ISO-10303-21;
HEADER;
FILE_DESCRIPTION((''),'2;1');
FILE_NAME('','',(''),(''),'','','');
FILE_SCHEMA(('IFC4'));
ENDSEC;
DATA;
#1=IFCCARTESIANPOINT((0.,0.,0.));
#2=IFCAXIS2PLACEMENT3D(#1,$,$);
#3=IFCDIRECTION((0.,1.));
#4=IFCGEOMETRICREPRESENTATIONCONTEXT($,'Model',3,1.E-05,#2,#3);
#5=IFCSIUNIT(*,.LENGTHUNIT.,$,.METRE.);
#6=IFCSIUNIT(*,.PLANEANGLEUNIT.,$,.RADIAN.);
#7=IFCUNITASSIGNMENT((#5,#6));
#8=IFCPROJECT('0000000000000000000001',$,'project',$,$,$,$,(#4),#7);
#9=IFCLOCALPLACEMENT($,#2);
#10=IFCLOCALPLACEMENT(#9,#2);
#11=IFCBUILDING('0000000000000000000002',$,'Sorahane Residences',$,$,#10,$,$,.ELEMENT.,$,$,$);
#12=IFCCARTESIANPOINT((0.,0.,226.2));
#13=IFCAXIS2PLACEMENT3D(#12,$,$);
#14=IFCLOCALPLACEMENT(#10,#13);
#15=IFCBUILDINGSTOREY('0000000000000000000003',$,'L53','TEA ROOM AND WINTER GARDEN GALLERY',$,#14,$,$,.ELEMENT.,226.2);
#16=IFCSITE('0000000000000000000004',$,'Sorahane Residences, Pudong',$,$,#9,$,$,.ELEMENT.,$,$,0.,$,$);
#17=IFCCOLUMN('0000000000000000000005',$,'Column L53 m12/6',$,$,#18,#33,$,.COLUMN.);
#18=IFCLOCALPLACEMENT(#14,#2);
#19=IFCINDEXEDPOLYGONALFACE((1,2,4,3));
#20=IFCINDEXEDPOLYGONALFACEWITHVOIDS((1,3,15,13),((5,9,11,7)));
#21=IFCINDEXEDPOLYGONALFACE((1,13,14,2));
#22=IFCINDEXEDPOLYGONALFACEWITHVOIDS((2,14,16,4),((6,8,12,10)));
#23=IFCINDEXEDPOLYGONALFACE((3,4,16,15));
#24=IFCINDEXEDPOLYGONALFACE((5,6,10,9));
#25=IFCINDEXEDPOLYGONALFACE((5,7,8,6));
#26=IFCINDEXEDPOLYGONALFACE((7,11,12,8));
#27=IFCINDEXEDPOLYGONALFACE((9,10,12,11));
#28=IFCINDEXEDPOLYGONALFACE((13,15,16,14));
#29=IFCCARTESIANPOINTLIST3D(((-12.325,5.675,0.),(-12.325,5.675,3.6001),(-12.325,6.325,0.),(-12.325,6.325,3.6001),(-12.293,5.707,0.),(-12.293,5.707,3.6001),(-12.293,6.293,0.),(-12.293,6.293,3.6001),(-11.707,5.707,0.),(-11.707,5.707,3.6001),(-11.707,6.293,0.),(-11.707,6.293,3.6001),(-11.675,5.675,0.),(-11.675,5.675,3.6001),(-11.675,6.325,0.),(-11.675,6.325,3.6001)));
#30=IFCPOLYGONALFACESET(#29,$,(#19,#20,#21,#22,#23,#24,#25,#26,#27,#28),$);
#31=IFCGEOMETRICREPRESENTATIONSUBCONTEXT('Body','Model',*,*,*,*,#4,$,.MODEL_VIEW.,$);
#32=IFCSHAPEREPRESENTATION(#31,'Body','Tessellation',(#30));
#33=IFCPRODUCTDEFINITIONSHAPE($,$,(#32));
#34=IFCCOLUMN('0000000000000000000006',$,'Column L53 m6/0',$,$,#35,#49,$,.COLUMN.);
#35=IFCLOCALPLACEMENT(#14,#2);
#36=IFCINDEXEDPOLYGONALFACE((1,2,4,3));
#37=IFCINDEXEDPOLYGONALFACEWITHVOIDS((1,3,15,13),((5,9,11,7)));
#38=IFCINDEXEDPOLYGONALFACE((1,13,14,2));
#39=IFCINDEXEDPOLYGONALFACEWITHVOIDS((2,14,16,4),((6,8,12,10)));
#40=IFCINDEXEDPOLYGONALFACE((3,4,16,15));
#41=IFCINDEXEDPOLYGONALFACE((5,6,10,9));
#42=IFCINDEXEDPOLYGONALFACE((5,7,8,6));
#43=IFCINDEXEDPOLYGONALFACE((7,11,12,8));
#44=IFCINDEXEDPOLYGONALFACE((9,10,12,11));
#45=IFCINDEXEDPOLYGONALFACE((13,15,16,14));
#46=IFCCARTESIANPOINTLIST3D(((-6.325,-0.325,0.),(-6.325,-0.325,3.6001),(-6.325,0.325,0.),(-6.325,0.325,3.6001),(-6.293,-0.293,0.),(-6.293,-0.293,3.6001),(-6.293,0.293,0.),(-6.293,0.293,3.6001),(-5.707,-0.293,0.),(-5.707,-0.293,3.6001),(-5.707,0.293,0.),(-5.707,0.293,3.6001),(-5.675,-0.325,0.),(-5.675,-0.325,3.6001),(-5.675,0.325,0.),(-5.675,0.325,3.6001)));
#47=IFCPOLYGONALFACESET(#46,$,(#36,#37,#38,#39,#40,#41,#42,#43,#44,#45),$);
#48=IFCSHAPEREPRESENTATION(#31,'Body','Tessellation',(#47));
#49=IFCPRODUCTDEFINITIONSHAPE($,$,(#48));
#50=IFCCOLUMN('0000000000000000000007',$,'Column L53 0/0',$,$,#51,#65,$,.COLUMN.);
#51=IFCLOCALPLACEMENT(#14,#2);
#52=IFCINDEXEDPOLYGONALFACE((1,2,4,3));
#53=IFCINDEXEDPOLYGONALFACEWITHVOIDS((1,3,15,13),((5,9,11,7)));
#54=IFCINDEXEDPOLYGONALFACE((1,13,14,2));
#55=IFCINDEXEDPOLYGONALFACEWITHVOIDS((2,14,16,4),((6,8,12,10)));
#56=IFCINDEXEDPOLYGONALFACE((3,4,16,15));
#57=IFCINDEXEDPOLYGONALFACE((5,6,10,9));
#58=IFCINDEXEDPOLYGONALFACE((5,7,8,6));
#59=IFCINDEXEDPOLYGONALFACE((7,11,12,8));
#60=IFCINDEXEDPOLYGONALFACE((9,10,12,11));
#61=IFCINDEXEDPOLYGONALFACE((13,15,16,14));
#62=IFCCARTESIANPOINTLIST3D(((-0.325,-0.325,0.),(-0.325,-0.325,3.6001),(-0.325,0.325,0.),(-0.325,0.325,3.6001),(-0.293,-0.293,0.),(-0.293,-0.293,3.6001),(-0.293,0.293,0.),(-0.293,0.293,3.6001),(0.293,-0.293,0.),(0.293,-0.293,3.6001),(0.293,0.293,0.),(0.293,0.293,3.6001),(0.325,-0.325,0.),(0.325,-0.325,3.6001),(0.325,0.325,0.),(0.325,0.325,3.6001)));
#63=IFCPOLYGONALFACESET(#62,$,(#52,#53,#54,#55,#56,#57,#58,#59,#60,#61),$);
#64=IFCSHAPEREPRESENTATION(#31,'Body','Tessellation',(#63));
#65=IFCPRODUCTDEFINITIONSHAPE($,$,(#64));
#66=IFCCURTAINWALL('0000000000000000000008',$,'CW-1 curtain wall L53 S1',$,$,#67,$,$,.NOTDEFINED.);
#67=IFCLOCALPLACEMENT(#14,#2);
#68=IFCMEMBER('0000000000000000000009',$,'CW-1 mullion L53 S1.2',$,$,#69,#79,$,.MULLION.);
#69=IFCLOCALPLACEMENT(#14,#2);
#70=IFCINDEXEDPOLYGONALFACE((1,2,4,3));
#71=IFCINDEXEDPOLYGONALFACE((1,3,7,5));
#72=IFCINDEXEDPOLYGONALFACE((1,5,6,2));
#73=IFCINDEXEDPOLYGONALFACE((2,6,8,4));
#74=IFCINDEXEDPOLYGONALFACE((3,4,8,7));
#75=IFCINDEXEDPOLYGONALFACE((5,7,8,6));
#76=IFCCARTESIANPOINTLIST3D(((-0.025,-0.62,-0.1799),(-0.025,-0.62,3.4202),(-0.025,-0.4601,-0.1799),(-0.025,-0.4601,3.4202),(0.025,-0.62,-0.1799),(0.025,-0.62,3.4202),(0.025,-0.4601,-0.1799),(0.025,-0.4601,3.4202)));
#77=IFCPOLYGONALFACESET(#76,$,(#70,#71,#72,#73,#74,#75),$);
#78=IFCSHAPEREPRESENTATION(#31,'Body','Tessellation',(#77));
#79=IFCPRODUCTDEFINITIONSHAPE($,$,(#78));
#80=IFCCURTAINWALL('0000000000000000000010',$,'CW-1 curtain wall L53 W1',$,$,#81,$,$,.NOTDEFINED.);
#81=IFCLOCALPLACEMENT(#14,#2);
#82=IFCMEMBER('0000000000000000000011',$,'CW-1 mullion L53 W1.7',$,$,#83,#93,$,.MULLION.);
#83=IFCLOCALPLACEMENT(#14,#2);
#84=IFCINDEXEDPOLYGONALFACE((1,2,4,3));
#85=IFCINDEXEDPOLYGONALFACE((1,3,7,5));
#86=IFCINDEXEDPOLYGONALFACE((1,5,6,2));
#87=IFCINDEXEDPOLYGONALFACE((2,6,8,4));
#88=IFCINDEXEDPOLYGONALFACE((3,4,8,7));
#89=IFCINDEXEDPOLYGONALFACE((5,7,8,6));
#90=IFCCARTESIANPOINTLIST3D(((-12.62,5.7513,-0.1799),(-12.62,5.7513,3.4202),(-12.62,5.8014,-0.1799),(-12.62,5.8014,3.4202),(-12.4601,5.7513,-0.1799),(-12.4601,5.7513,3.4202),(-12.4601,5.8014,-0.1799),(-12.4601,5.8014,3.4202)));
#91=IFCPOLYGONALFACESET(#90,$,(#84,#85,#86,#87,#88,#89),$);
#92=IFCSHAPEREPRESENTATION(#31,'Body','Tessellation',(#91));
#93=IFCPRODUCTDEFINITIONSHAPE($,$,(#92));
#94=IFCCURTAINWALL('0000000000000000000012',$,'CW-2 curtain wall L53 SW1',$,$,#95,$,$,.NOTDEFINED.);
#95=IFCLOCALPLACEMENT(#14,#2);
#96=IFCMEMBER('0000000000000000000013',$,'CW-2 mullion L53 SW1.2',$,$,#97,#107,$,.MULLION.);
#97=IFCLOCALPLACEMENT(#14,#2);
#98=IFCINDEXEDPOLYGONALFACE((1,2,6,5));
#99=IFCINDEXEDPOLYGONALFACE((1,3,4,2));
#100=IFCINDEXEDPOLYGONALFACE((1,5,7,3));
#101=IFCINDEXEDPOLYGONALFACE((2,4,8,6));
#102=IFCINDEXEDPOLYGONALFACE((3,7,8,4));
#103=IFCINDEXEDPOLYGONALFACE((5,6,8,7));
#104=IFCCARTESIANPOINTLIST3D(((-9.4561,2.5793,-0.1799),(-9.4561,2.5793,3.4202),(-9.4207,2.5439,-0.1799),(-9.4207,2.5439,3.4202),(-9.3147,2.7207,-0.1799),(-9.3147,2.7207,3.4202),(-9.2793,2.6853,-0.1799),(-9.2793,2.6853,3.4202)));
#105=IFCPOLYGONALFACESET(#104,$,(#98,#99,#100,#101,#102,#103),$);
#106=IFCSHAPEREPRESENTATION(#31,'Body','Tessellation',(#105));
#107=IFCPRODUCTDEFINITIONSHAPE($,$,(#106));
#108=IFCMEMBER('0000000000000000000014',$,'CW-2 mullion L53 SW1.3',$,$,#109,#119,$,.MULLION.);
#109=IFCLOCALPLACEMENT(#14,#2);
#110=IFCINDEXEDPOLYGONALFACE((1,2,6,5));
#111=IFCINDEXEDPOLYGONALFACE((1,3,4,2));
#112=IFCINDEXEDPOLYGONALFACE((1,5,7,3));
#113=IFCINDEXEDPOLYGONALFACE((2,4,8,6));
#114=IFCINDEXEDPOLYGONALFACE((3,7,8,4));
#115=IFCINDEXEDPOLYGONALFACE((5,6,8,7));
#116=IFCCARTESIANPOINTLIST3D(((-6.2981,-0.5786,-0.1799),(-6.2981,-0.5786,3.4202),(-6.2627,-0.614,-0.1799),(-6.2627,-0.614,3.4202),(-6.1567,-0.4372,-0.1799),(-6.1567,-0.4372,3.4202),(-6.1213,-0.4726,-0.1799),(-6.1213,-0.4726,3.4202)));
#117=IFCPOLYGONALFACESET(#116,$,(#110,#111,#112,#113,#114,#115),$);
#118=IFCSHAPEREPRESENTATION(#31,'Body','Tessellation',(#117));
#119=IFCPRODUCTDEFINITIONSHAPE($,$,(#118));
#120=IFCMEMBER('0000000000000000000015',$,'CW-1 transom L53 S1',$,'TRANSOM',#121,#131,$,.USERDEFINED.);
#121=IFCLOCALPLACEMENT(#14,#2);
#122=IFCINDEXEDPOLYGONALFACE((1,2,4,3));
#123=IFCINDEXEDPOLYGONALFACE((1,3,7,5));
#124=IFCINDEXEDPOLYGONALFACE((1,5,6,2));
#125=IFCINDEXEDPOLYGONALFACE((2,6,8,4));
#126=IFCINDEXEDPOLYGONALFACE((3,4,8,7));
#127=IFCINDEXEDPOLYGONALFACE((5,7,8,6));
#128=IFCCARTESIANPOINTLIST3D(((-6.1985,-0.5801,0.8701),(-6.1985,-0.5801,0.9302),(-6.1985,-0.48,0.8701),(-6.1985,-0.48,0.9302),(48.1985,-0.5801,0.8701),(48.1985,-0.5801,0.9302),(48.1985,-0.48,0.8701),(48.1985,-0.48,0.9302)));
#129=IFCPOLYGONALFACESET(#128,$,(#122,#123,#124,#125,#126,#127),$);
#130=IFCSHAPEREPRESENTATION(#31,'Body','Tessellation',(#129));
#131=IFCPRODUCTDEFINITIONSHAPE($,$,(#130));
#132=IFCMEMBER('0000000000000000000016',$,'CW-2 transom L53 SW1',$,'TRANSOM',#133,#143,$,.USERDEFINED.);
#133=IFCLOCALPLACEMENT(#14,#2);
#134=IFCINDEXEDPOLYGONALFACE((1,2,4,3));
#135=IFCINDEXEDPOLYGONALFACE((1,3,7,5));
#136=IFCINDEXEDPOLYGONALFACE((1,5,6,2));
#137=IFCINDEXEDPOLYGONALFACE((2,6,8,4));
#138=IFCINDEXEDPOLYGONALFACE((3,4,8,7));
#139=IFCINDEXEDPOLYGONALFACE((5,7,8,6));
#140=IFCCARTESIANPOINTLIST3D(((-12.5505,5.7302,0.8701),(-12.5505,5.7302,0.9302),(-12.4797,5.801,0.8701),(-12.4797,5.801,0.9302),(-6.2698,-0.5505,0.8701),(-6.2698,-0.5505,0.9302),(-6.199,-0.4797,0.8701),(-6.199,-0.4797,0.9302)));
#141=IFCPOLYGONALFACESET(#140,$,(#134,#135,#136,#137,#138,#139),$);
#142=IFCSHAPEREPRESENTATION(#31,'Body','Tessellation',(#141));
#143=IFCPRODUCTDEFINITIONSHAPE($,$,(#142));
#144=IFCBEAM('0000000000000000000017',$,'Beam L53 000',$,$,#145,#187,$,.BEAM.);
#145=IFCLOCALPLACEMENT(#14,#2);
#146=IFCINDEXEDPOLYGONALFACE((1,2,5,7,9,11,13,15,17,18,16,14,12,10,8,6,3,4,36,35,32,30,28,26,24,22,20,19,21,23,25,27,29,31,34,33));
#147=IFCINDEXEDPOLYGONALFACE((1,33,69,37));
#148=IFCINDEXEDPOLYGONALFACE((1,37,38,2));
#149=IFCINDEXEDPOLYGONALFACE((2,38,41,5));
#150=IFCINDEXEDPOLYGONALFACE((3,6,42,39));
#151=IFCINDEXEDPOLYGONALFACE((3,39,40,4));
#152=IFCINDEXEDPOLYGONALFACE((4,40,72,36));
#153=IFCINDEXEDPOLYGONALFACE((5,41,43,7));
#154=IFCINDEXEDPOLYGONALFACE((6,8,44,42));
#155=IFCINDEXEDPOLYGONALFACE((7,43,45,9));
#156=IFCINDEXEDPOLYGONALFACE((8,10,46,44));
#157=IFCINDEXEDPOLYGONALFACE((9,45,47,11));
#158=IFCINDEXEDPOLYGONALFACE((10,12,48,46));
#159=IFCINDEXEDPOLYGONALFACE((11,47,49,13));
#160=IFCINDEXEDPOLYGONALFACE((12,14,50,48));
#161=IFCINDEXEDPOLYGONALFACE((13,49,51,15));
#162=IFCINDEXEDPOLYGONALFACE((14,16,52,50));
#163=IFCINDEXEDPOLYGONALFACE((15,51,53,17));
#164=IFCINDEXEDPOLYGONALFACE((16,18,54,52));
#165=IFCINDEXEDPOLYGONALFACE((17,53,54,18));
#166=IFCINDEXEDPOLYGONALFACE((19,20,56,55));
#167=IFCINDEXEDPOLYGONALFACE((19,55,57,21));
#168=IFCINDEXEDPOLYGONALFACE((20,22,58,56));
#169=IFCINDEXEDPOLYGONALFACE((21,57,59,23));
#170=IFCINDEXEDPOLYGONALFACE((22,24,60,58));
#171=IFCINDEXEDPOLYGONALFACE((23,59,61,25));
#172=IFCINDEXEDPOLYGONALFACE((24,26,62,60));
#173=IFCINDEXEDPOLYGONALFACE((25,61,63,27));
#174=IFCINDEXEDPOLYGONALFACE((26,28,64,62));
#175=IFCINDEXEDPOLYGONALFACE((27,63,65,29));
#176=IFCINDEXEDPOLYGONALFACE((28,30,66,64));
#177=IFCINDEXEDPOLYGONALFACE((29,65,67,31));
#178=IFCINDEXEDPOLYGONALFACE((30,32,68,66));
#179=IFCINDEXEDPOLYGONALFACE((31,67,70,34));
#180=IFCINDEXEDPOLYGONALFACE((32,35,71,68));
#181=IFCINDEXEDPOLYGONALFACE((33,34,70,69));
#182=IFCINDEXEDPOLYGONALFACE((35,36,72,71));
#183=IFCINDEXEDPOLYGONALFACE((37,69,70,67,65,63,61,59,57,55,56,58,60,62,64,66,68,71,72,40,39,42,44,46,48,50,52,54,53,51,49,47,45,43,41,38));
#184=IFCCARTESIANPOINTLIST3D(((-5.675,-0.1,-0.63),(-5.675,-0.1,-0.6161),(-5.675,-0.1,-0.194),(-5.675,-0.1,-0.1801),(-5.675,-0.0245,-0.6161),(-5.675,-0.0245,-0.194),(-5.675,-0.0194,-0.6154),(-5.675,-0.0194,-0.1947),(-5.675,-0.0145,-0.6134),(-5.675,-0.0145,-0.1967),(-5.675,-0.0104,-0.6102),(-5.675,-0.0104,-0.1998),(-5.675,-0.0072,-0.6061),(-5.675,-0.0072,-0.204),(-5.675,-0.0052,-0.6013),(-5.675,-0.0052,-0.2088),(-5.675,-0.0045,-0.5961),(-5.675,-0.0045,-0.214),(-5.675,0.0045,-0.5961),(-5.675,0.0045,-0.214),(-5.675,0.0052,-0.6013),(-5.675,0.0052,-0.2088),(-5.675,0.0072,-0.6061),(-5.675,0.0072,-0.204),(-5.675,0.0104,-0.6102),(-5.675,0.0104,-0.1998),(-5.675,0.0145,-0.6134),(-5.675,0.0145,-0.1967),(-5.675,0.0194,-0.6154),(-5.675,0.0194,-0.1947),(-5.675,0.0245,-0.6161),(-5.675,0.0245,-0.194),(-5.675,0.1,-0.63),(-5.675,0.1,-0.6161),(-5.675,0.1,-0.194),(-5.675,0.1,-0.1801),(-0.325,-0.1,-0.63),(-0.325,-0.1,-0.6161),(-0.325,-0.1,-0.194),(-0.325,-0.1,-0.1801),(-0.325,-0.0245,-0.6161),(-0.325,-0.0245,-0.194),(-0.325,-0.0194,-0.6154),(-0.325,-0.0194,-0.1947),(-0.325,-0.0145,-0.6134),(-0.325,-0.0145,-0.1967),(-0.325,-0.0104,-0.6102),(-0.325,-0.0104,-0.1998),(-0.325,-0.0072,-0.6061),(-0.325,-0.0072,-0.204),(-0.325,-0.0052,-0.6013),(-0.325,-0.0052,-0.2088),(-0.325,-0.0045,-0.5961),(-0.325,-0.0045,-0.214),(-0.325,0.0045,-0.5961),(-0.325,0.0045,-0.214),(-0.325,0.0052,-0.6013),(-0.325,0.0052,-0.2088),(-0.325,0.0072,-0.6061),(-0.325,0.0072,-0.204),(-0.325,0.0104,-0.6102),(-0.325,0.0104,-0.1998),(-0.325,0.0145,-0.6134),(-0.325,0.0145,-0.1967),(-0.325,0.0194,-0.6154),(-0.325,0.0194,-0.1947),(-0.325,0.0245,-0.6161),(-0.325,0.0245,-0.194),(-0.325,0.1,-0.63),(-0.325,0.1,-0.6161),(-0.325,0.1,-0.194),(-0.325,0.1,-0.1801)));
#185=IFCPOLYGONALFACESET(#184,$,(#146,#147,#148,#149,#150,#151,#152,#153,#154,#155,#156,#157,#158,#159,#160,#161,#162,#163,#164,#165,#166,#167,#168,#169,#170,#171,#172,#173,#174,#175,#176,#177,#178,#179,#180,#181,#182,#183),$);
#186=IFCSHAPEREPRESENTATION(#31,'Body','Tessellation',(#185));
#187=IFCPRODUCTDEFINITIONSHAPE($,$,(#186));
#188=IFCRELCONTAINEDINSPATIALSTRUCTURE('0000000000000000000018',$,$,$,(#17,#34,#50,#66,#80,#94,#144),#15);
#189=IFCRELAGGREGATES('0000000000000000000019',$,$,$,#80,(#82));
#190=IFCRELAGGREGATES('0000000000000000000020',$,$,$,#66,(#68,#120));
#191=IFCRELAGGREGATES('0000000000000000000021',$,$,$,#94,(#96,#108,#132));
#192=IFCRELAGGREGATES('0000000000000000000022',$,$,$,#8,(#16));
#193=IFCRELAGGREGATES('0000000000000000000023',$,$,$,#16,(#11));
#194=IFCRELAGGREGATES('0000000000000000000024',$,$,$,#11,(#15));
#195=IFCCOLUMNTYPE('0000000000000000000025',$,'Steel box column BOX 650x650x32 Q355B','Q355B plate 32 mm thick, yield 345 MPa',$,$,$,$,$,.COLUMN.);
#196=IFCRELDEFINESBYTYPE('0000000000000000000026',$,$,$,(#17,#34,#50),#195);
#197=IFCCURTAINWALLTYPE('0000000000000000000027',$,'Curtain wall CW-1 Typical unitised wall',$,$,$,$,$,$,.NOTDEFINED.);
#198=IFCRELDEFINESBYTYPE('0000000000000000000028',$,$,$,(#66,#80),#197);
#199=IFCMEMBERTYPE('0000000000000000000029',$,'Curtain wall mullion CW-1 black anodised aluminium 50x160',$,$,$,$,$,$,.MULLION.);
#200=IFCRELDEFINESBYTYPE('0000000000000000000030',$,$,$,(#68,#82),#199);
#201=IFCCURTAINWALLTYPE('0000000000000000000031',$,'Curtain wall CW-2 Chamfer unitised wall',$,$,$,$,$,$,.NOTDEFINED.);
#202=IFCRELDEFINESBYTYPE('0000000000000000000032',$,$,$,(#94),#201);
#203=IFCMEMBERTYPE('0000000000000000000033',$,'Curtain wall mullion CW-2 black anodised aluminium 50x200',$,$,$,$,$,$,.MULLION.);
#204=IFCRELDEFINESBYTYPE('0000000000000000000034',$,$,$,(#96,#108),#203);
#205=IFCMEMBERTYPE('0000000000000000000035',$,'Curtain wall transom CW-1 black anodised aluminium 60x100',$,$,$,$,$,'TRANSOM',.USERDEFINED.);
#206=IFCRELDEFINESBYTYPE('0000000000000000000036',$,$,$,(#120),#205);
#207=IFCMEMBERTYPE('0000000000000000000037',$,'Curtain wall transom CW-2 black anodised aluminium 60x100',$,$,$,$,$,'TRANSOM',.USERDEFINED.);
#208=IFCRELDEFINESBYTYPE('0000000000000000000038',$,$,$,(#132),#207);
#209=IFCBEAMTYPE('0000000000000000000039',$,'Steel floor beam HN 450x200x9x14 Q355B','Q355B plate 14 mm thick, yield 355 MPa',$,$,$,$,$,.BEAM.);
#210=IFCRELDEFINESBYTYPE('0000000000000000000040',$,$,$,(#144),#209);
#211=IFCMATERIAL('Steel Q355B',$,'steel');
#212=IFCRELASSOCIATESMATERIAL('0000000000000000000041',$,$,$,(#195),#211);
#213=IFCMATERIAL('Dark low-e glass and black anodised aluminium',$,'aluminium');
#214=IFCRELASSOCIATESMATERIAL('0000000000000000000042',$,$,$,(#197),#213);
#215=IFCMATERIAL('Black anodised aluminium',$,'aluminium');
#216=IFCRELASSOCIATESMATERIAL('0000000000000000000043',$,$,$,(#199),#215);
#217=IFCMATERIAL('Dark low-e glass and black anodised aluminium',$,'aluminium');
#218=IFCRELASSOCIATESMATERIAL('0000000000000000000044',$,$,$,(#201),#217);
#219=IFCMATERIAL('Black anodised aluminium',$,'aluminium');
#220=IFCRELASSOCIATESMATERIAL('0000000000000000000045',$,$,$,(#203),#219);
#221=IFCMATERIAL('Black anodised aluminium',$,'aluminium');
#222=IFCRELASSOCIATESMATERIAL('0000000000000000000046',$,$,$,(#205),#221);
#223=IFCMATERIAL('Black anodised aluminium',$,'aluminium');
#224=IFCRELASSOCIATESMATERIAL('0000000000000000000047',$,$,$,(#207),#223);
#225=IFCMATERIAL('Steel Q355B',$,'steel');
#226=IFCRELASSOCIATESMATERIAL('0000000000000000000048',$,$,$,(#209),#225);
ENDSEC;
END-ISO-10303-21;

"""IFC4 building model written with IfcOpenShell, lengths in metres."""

from ifc_helpers import new_model, si_unit, direction, frame, origin, origin_2d, place, context, subcontext, project, spatial, rectangle, hollow_rectangle, i_section, extrude, material, material_profile, profile_set, type_object, element, aggregate, save


model = new_model("IFC4")

# Units and contexts
model_context = context("Model", 3, precision=1e-05, world=origin(), true_north=direction((0.0, 1.0)))
body_context = subcontext(model_context, "Body", "Model", "MODEL_VIEW")
ifc_project = project(units=[si_unit("LENGTHUNIT", "METRE"), si_unit("PLANEANGLEUNIT", "RADIAN")], contexts=[model_context])

# Site, building, storey
site_placement = place(None, origin())
site = spatial("IfcSite", under=ifc_project, at=site_placement, Name="Sorahane Residences, Pudong", CompositionType="ELEMENT", RefElevation=0.0)
building_placement = place(site_placement, origin())
building = spatial("IfcBuilding", under=site, at=building_placement, Name="Sorahane Residences", CompositionType="ELEMENT")
storey_placement = place(building_placement, frame((0.0, 0.0, 226.2)))
storey = spatial("IfcBuildingStorey", under=building, at=storey_placement, Name="L53", Description="TEA ROOM AND WINTER GARDEN GALLERY", CompositionType="ELEMENT", Elevation=226.2)

# Columns
ifc_material_1 = material(Name="Steel Q355B", Category="steel")
ifc_material_profile_1 = material_profile(ifc_material_1, hollow_rectangle(XDim=0.6499, YDim=0.6499, WallThickness=0.032, at=origin_2d()), Name="BOX 650x650x32")
ifc_profile_set_1 = profile_set([ifc_material_profile_1], Name="Steel Q355B")
column_type = type_object("IfcColumnType", Name="Steel box column BOX 650x650x32 Q355B", Description="Q355B plate 32 mm thick, yield 345 MPa", PredefinedType="COLUMN", material=ifc_profile_set_1)
for number, where, z_axis, x_axis, name in (
    (1, (-12.0, 6.0, 0.0), (0.0, 0.0, 1.0), (1.0, 0.0, 0.0), "Column L53 m12/6"),
    (2, (-6.0, 0.0, 0.0), (0.0, 0.0, 1.0), (1.0, 0.0, 0.0), "Column L53 m6/0"),
    (3, (0.0, 0.0, 0.0), (0.0, 0.0, 1.0), (1.0, 0.0, 0.0), "Column L53 0/0"),
):
    element("IfcColumn", number, at=place(storey_placement, frame(where, z_axis=z_axis, x_axis=x_axis)), inside=storey, type_object=column_type, Name=name, PredefinedType="COLUMN", context=body_context, shape_type="SweptSolid", body=[
        extrude(hollow_rectangle(XDim=0.6499, YDim=0.6499, WallThickness=0.032, at=origin_2d()), origin(), (0.0, 0.0, 1.0), 3.6001),
    ])

# Curtain walls, members
ifc_material_2 = material(Name="Dark low-e glass and black anodised aluminium", Category="aluminium")
curtain_wall_type_1 = type_object("IfcCurtainWallType", Name="Curtain wall CW-1 Typical unitised wall", PredefinedType="NOTDEFINED", material=ifc_material_2)
curtain_wall_1_placement = place(storey_placement, origin())
curtain_wall_1 = element("IfcCurtainWall", 4, at=curtain_wall_1_placement, inside=storey, type_object=curtain_wall_type_1, Name="CW-1 curtain wall L53 S1", PredefinedType="NOTDEFINED")
ifc_material_3 = material(Name="Black anodised aluminium", Category="aluminium")
ifc_material_profile_2 = material_profile(ifc_material_3, rectangle(XDim=0.1599, YDim=0.05, at=origin_2d()), Name="Curtain wall mullion CW-1 black anodised aluminium 50x160")
ifc_profile_set_2 = profile_set([ifc_material_profile_2], Name="Black anodised aluminium")
member_type_1 = type_object("IfcMemberType", Name="Curtain wall mullion CW-1 black anodised aluminium 50x160", PredefinedType="MULLION", material=ifc_profile_set_2)
member_1_placement = place(storey_placement, frame((0.0, -0.54, -0.1799), z_axis=(0.0, 0.0, 1.0), x_axis=(0.0, -1.0, 0.0)))
member_1 = element("IfcMember", 5, at=member_1_placement, type_object=member_type_1, Name="CW-1 mullion L53 S1.2", PredefinedType="MULLION", context=body_context, shape_type="SweptSolid", body=[
    extrude(rectangle(XDim=0.1599, YDim=0.05, at=origin_2d()), origin(), (0.0, 0.0, 1.0), 3.6001),
])
curtain_wall_2_placement = place(storey_placement, origin())
curtain_wall_2 = element("IfcCurtainWall", 6, at=curtain_wall_2_placement, inside=storey, type_object=curtain_wall_type_1, Name="CW-1 curtain wall L53 W1", PredefinedType="NOTDEFINED")
member_2_placement = place(storey_placement, frame((-12.54, 5.7764, -0.1799), z_axis=(0.0, 0.0, 1.0), x_axis=(-1.0, 0.0, 0.0)))
member_2 = element("IfcMember", 7, at=member_2_placement, type_object=member_type_1, Name="CW-1 mullion L53 W1.7", PredefinedType="MULLION", context=body_context, shape_type="SweptSolid", body=[
    extrude(rectangle(XDim=0.1599, YDim=0.05, at=origin_2d()), origin(), (0.0, 0.0, 1.0), 3.6001),
])
aggregate(curtain_wall_2, [member_2])

# Curtain wall, members
ifc_material_4 = material(Name="Dark low-e glass and black anodised aluminium", Category="aluminium")
curtain_wall_type_2 = type_object("IfcCurtainWallType", Name="Curtain wall CW-2 Chamfer unitised wall", PredefinedType="NOTDEFINED", material=ifc_material_4)
curtain_wall_3_placement = place(storey_placement, origin())
curtain_wall_3 = element("IfcCurtainWall", 8, at=curtain_wall_3_placement, inside=storey, type_object=curtain_wall_type_2, Name="CW-2 curtain wall L53 SW1", PredefinedType="NOTDEFINED")
ifc_material_5 = material(Name="Black anodised aluminium", Category="aluminium")
ifc_material_profile_3 = material_profile(ifc_material_5, rectangle(XDim=0.2, YDim=0.05, at=origin_2d()), Name="Curtain wall mullion CW-2 black anodised aluminium 50x200")
ifc_profile_set_3 = profile_set([ifc_material_profile_3], Name="Black anodised aluminium")
member_type_2 = type_object("IfcMemberType", Name="Curtain wall mullion CW-2 black anodised aluminium 50x200", PredefinedType="MULLION", material=ifc_profile_set_3)
member_3_placement = place(storey_placement, frame((-9.3677, 2.6323, -0.1799), z_axis=(0.0, 0.0, 1.0), x_axis=(-0.707107, -0.707107, 0.0)))
member_3 = element("IfcMember", 9, at=member_3_placement, type_object=member_type_2, Name="CW-2 mullion L53 SW1.2", PredefinedType="MULLION", context=body_context, shape_type="SweptSolid", body=[
    extrude(rectangle(XDim=0.2, YDim=0.05, at=origin_2d()), origin(), (0.0, 0.0, 1.0), 3.6001),
])
member_4_placement = place(storey_placement, frame((-6.2097, -0.5256, -0.1799), z_axis=(0.0, 0.0, 1.0), x_axis=(-0.707107, -0.707107, 0.0)))
member_4 = element("IfcMember", 10, at=member_4_placement, type_object=member_type_2, Name="CW-2 mullion L53 SW1.3", PredefinedType="MULLION", context=body_context, shape_type="SweptSolid", body=[
    extrude(rectangle(XDim=0.2, YDim=0.05, at=origin_2d()), origin(), (0.0, 0.0, 1.0), 3.6001),
])

# Members
ifc_material_6 = material(Name="Black anodised aluminium", Category="aluminium")
ifc_material_profile_4 = material_profile(ifc_material_6, rectangle(XDim=0.1001, YDim=0.0601, at=origin_2d()), Name="Curtain wall transom CW-1 black anodised aluminium 60x100")
ifc_profile_set_4 = profile_set([ifc_material_profile_4], Name="Black anodised aluminium")
member_type_3 = type_object("IfcMemberType", Name="Curtain wall transom CW-1 black anodised aluminium 60x100", ElementType="TRANSOM", PredefinedType="USERDEFINED", material=ifc_profile_set_4)
member_5_placement = place(storey_placement, frame((-6.1985, -0.53, 0.9001), z_axis=(1.0, 0.0, 0.0), x_axis=(0.0, 1.0, 0.0)))
member_5 = element("IfcMember", 11, at=member_5_placement, type_object=member_type_3, Name="CW-1 transom L53 S1", ObjectType="TRANSOM", PredefinedType="USERDEFINED", context=body_context, shape_type="SweptSolid", body=[
    extrude(rectangle(XDim=0.1001, YDim=0.0601, at=origin_2d()), origin(), (0.0, 0.0, 1.0), 54.397),
])
ifc_material_7 = material(Name="Black anodised aluminium", Category="aluminium")
ifc_material_profile_5 = material_profile(ifc_material_7, rectangle(XDim=0.1001, YDim=0.0601, at=origin_2d()), Name="Curtain wall transom CW-2 black anodised aluminium 60x100")
ifc_profile_set_5 = profile_set([ifc_material_profile_5], Name="Black anodised aluminium")
member_type_4 = type_object("IfcMemberType", Name="Curtain wall transom CW-2 black anodised aluminium 60x100", ElementType="TRANSOM", PredefinedType="USERDEFINED", material=ifc_profile_set_5)
member_6_placement = place(storey_placement, frame((-12.5151, 5.7656, 0.9001), z_axis=(0.707107, -0.707107, 0.0), x_axis=(0.707107, 0.707107, 0.0)))
member_6 = element("IfcMember", 12, at=member_6_placement, type_object=member_type_4, Name="CW-2 transom L53 SW1", ObjectType="TRANSOM", PredefinedType="USERDEFINED", context=body_context, shape_type="SweptSolid", body=[
    extrude(rectangle(XDim=0.1001, YDim=0.0601, at=origin_2d()), origin(), (0.0, 0.0, 1.0), 8.8823),
])

# Beam
ifc_material_8 = material(Name="Steel Q355B", Category="steel")
ifc_material_profile_6 = material_profile(ifc_material_8, i_section(OverallWidth=0.2, OverallDepth=0.45, WebThickness=0.009, FlangeThickness=0.0139, FilletRadius=0.02, at=origin_2d()), Name="HN 450x200x9x14")
ifc_profile_set_6 = profile_set([ifc_material_profile_6], Name="Steel Q355B")
beam_type_1 = type_object("IfcBeamType", Name="Steel floor beam HN 450x200x9x14 Q355B", Description="Q355B plate 14 mm thick, yield 355 MPa", PredefinedType="BEAM", material=ifc_profile_set_6)
beam_1_placement = place(storey_placement, frame((-5.675, 0.0, -0.405), z_axis=(1.0, 0.0, 0.0), x_axis=(0.0, 1.0, 0.0)))
element("IfcBeam", 13, at=beam_1_placement, inside=storey, type_object=beam_type_1, Name="Beam L53 000", PredefinedType="BEAM", context=body_context, shape_type="SweptSolid", body=[
    extrude(i_section(OverallWidth=0.2, OverallDepth=0.45, WebThickness=0.009, FlangeThickness=0.0139, FilletRadius=0.02, at=origin_2d()), origin(), (0.0, 0.0, 1.0), 5.3501),
])

aggregate(curtain_wall_1, [member_1, member_5])
aggregate(curtain_wall_3, [member_3, member_4, member_6])

save(model, "model.ifc")
